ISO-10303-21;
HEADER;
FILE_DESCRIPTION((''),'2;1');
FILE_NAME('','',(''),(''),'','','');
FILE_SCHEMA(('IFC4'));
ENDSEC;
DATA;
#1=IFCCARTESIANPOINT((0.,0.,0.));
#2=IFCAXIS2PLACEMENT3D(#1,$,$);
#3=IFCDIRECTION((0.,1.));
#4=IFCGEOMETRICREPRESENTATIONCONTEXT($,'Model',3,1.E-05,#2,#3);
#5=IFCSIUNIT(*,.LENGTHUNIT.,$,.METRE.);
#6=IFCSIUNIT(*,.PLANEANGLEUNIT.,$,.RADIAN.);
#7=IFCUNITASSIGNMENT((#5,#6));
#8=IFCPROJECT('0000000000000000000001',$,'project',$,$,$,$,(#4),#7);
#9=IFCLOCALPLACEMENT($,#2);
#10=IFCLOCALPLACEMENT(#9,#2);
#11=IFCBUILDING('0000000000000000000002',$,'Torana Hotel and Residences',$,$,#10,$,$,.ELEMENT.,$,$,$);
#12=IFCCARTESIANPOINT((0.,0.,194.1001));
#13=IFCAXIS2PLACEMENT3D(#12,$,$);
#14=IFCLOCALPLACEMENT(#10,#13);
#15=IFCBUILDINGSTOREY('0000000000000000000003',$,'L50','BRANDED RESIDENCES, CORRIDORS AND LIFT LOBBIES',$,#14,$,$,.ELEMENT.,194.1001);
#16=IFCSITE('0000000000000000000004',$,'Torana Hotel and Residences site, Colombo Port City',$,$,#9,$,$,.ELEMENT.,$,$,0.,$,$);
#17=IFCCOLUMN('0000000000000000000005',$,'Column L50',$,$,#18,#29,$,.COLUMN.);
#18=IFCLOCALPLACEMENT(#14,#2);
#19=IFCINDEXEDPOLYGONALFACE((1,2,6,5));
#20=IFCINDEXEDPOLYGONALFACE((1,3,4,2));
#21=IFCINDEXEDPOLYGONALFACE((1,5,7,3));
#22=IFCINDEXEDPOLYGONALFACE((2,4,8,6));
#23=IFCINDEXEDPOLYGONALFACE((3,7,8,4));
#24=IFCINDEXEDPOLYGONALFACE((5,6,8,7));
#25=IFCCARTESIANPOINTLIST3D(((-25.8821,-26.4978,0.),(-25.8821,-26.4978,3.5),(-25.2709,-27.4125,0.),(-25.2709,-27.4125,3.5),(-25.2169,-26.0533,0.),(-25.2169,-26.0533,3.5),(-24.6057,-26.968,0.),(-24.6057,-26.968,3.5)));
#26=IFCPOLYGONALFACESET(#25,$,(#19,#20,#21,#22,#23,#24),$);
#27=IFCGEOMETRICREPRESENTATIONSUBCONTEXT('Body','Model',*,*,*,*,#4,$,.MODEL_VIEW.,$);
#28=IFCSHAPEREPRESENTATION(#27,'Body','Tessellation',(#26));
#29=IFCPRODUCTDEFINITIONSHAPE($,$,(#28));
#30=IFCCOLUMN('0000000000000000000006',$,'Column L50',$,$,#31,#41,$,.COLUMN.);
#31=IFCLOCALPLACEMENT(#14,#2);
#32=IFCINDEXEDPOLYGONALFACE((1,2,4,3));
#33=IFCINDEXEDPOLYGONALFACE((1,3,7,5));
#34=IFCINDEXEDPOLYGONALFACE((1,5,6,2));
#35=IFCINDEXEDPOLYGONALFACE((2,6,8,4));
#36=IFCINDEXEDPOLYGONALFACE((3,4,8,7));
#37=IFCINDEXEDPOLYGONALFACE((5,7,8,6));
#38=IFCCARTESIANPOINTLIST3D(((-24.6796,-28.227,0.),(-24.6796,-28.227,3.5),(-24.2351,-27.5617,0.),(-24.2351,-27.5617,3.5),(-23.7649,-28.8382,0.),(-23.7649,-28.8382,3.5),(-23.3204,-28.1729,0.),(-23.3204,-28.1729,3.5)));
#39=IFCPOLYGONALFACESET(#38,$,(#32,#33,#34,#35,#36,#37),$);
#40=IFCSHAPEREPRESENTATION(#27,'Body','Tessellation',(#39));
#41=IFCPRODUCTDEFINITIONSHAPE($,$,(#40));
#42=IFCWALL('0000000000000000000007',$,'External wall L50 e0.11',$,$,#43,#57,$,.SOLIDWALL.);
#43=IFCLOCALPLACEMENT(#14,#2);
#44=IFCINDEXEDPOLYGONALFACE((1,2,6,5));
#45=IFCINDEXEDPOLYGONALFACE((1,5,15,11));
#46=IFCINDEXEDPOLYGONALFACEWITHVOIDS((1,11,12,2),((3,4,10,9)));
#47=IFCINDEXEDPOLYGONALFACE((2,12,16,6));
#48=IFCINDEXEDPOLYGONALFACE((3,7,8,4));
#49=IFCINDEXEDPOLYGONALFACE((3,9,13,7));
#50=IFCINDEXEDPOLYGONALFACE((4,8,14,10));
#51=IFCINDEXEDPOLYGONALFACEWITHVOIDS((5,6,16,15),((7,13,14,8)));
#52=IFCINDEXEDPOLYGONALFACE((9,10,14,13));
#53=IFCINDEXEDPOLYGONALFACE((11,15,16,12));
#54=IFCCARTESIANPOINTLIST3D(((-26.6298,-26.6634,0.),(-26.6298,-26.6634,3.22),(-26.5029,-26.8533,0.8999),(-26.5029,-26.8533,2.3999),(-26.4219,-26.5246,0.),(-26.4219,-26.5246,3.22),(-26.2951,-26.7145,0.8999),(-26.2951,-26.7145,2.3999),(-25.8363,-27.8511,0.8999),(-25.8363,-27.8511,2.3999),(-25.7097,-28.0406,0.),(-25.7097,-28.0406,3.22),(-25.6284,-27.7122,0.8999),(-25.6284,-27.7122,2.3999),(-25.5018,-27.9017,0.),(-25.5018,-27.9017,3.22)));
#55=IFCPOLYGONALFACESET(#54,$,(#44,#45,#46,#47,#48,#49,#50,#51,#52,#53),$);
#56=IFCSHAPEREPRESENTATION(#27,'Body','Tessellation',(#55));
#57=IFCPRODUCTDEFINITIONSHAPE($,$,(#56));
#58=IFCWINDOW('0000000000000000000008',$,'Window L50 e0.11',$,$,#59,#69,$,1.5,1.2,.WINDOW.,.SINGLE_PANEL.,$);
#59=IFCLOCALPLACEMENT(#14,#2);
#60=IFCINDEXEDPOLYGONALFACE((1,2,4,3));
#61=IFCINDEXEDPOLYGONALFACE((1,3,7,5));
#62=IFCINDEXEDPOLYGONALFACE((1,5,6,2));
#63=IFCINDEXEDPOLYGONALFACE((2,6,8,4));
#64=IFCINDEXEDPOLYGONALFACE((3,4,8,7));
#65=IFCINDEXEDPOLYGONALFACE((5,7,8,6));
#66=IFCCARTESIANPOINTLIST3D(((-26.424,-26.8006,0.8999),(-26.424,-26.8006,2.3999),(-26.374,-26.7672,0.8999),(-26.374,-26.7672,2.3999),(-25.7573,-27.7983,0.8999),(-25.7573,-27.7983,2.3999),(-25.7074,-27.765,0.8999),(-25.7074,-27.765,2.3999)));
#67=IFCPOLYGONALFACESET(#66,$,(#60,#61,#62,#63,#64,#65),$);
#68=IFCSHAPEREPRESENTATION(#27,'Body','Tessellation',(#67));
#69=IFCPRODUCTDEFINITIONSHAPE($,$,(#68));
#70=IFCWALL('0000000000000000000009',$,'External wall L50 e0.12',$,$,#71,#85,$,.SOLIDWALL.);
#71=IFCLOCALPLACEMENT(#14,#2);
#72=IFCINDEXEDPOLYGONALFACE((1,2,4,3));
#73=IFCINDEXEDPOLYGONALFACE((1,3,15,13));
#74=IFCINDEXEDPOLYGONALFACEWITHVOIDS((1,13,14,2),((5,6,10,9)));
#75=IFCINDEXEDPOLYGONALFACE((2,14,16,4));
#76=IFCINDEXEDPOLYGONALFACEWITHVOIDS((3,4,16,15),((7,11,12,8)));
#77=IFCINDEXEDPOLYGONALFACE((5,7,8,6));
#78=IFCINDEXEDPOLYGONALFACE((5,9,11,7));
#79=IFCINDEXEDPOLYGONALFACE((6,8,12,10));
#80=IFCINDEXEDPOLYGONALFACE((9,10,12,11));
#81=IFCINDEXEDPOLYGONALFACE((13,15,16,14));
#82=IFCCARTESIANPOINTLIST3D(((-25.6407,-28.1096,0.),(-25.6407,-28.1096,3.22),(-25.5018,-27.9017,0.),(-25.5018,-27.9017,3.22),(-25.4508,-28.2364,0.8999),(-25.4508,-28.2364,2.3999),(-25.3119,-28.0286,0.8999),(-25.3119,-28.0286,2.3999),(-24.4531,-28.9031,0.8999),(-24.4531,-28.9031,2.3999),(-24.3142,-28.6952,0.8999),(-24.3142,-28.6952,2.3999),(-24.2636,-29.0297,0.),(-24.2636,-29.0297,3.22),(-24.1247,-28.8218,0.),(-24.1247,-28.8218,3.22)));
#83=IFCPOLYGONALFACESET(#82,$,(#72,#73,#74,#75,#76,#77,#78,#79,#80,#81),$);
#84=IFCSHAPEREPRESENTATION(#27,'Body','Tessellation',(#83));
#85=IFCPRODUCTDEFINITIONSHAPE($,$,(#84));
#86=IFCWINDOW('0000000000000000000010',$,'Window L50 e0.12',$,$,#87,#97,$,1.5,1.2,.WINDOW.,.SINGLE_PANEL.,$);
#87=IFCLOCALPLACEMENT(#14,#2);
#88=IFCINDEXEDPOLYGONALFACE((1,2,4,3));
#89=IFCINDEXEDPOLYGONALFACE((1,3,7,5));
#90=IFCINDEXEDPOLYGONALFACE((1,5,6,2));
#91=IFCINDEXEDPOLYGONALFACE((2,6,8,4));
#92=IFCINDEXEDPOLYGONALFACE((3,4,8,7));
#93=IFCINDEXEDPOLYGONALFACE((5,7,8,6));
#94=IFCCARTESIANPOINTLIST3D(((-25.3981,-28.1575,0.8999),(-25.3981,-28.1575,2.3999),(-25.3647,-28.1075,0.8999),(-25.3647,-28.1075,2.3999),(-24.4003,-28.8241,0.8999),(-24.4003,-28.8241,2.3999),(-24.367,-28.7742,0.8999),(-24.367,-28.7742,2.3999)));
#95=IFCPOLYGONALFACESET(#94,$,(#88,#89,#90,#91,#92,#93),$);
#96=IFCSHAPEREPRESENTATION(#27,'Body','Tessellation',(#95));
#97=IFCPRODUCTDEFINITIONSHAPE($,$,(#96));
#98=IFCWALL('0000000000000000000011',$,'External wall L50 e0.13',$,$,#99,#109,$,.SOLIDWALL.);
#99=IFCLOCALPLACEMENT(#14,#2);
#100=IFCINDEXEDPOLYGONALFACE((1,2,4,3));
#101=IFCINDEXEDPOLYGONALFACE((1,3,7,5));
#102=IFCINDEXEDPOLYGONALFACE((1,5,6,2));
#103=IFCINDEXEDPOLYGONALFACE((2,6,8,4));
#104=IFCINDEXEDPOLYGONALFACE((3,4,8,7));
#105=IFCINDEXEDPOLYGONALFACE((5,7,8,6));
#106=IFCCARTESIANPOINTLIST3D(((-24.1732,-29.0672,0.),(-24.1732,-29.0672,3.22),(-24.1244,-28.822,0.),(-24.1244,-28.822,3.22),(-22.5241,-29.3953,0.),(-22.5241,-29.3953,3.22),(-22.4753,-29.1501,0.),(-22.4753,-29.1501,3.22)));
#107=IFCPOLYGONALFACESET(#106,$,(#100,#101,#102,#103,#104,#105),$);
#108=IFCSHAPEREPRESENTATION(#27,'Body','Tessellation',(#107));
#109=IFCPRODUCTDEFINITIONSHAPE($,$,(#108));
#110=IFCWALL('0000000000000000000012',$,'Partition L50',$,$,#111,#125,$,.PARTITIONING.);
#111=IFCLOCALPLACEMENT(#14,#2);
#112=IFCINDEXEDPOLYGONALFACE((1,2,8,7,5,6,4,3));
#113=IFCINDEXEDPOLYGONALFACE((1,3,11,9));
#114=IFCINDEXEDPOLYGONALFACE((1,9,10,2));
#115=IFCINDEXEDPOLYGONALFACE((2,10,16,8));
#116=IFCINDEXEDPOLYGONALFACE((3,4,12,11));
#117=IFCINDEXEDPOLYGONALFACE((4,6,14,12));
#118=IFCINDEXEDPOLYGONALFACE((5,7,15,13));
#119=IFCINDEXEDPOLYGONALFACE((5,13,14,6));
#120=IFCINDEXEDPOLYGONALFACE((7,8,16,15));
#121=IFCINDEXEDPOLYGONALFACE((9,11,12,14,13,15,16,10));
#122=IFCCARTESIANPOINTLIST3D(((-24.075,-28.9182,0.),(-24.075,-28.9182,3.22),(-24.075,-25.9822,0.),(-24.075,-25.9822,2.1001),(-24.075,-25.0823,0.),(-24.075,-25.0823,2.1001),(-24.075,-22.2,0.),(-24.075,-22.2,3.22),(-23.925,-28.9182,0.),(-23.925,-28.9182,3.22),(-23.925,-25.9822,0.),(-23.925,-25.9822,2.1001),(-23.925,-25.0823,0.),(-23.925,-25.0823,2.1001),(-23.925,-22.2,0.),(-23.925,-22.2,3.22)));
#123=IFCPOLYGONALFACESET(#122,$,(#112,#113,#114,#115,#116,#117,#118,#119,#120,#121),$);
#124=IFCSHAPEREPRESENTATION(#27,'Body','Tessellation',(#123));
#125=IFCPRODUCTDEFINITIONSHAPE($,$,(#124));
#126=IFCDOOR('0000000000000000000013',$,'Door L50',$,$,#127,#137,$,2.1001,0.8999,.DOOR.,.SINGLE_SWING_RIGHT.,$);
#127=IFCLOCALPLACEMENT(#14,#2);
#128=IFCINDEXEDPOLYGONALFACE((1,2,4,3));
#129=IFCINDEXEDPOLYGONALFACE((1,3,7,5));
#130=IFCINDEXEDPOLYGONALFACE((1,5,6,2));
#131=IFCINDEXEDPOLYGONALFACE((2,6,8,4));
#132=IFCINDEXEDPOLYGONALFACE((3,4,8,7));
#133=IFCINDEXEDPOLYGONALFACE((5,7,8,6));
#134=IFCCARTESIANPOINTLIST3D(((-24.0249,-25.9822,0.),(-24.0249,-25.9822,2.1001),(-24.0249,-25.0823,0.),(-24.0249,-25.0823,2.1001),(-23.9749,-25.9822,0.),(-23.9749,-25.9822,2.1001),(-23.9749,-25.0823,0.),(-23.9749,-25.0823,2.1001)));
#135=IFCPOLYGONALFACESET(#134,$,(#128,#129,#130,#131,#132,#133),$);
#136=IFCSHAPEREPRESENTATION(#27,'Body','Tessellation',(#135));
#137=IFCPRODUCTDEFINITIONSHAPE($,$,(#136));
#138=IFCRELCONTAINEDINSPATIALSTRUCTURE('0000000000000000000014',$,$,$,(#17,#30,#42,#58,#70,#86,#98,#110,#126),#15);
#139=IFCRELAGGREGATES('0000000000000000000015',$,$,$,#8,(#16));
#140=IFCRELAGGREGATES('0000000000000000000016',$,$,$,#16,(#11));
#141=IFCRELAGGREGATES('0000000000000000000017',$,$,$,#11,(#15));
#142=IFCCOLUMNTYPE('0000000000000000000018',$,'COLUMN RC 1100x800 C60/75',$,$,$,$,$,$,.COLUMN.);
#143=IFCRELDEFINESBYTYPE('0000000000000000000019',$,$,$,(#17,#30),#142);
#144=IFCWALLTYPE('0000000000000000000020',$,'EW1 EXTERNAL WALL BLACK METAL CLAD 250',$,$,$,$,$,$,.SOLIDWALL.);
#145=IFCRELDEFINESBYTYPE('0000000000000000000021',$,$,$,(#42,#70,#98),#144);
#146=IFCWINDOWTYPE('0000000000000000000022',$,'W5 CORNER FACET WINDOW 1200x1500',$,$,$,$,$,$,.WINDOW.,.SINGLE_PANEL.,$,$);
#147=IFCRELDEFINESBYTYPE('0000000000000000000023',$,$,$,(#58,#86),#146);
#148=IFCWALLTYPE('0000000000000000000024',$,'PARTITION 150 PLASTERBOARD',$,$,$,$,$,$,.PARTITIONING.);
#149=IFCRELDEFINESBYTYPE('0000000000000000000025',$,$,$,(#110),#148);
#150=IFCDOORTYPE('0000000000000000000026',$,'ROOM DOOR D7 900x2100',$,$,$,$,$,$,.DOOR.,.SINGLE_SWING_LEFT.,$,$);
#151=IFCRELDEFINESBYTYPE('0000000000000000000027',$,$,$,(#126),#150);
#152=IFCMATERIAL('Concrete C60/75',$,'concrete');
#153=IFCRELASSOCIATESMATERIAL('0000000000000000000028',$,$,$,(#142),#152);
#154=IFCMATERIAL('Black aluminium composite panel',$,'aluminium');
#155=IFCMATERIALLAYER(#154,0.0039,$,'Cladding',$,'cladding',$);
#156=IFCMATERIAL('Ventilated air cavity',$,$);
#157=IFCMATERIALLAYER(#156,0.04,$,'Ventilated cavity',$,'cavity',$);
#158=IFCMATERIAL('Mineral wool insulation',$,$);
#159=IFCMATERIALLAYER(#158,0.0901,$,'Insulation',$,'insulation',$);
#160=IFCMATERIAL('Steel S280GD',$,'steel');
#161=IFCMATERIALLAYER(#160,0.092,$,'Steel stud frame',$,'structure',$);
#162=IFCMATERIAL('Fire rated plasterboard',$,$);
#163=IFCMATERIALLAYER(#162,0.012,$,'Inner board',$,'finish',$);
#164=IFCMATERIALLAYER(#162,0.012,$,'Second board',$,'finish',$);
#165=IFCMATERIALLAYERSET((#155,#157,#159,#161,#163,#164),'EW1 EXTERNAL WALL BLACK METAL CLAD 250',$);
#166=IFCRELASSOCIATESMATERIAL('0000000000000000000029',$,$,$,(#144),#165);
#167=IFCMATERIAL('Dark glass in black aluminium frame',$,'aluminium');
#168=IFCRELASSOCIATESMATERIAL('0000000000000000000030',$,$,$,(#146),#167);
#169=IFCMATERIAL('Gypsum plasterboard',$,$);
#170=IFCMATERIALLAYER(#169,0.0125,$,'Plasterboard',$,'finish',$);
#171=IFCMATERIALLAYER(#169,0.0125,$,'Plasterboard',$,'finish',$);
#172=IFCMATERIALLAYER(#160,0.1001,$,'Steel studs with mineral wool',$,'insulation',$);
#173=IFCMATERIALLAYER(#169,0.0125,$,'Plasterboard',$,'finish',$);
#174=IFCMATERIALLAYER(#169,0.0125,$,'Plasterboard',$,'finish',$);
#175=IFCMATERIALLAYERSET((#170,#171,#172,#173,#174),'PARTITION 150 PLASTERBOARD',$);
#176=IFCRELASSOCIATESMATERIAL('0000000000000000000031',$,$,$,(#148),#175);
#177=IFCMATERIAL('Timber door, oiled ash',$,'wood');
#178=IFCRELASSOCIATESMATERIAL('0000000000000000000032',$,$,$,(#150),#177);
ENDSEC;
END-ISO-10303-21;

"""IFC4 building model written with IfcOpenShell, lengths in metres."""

from ifc_helpers import new_model, si_unit, direction, frame, frame_2d, origin, origin_2d, place, context, subcontext, project, spatial, rectangle, extrude, material, layer, layer_set, material_profile, profile_set, type_object, element, fill, save


model = new_model("IFC4")

# Units and contexts
model_context = context("Model", 3, precision=1e-05, world=origin(), true_north=direction((0.0, 1.0)))
body_context = subcontext(model_context, "Body", "Model", "MODEL_VIEW")
ifc_project = project(units=[si_unit("LENGTHUNIT", "METRE"), si_unit("PLANEANGLEUNIT", "RADIAN")], contexts=[model_context])

# Site, building, storey
site_placement = place(None, origin())
site = spatial("IfcSite", under=ifc_project, at=site_placement, Name="Torana Hotel and Residences site, Colombo Port City", CompositionType="ELEMENT", RefElevation=0.0)
building_placement = place(site_placement, origin())
building = spatial("IfcBuilding", under=site, at=building_placement, Name="Torana Hotel and Residences", CompositionType="ELEMENT")
storey_placement = place(building_placement, frame((0.0, 0.0, 194.1001)))
storey = spatial("IfcBuildingStorey", under=building, at=storey_placement, Name="L50", Description="BRANDED RESIDENCES, CORRIDORS AND LIFT LOBBIES", CompositionType="ELEMENT", Elevation=194.1001)

# Columns
ifc_material_1 = material(Name="Concrete C60/75", Category="concrete")
ifc_material_profile = material_profile(ifc_material_1, rectangle(XDim=1.1001, YDim=0.8, at=origin_2d()), Name="RC 1100x800")
ifc_profile_set = profile_set([ifc_material_profile], Name="Concrete C60/75")
column_type = type_object("IfcColumnType", Name="COLUMN RC 1100x800 C60/75", PredefinedType="COLUMN", material=ifc_profile_set)
for number, where, z_axis, x_axis, name in (
    (1, (-25.2439, -26.7329, 0.0), (0.0, 0.0, 1.0), (-0.555585, 0.83146, 0.0), "Column L50"),
    (2, (-24.0, -28.2, 0.0), (0.0, 0.0, 1.0), (-0.83146, 0.555585, 0.0), "Column L50"),
):
    element("IfcColumn", number, at=place(storey_placement, frame(where, z_axis=z_axis, x_axis=x_axis)), inside=storey, type_object=column_type, Name=name, PredefinedType="COLUMN", context=body_context, shape_type="SweptSolid", body=[
        extrude(rectangle(XDim=1.1001, YDim=0.8, at=origin_2d()), origin(), (0.0, 0.0, 1.0), 3.5),
    ])

# Walls, openings, windows
ifc_material_2 = material(Name="Black aluminium composite panel", Category="aluminium")
ifc_layer_1 = layer(ifc_material_2, 0.0039, Name="Cladding", Category="cladding")
ifc_material_3 = material(Name="Ventilated air cavity")
ifc_layer_2 = layer(ifc_material_3, 0.04, Name="Ventilated cavity", Category="cavity")
ifc_material_4 = material(Name="Mineral wool insulation")
ifc_layer_3 = layer(ifc_material_4, 0.0901, Name="Insulation", Category="insulation")
ifc_material_5 = material(Name="Steel S280GD", Category="steel")
ifc_layer_4 = layer(ifc_material_5, 0.092, Name="Steel stud frame", Category="structure")
ifc_material_6 = material(Name="Fire rated plasterboard")
ifc_layer_5 = layer(ifc_material_6, 0.012, Name="Inner board", Category="finish")
ifc_layer_6 = layer(ifc_material_6, 0.012, Name="Second board", Category="finish")
ifc_layer_set_1 = layer_set([ifc_layer_1, ifc_layer_2, ifc_layer_3, ifc_layer_4, ifc_layer_5, ifc_layer_6], Name="EW1 EXTERNAL WALL BLACK METAL CLAD 250")
wall_type_1 = type_object("IfcWallType", Name="EW1 EXTERNAL WALL BLACK METAL CLAD 250", PredefinedType="SOLIDWALL", material=ifc_layer_set_1)
wall_1_placement = place(storey_placement, frame((-26.5259, -26.594, 0.0), z_axis=(0.0, 0.0, 1.0), x_axis=(0.55555, -0.831483, 0.0)))
wall_1 = element("IfcWall", 3, at=wall_1_placement, inside=storey, type_object=wall_type_1, Name="External wall L50 e0.11", PredefinedType="SOLIDWALL", context=body_context, shape_type="SweptSolid", body=[
    extrude(rectangle(XDim=1.6562, YDim=0.25, at=frame_2d((0.8281, 0.0))), origin(), (0.0, 0.0, 1.0), 3.22),
])
opening_1_placement = place(wall_1_placement, frame((0.2283, 0.0, 0.8999)))
opening_1 = element("IfcOpeningElement", 4, at=opening_1_placement, cuts=wall_1, PredefinedType="OPENING", context=body_context, shape_type="SweptSolid", body=[
    extrude(rectangle(XDim=1.2, YDim=1.5, at=frame_2d((0.6001, 0.75))), frame((0.0, 0.135, 0.0), z_axis=(0.0, -1.0, 0.0), x_axis=(1.0, 0.0, 0.0)), (0.0, 0.0, 1.0), 0.27),
])
ifc_material_7 = material(Name="Dark glass in black aluminium frame", Category="aluminium")
window_type_1 = type_object("IfcWindowType", Name="W5 CORNER FACET WINDOW 1200x1500", PartitioningType="SINGLE_PANEL", PredefinedType="WINDOW", material=ifc_material_7)
window_1_placement = place(opening_1_placement, origin())
window_1 = element("IfcWindow", 5, at=window_1_placement, inside=storey, type_object=window_type_1, Name="Window L50 e0.11", OverallHeight=1.5, OverallWidth=1.2, PartitioningType="SINGLE_PANEL", PredefinedType="WINDOW", context=body_context, shape_type="SweptSolid", body=[
    extrude(rectangle(XDim=1.2, YDim=1.5, at=frame_2d((0.6001, 0.75))), frame((0.0, 0.03, 0.0), z_axis=(0.0, -1.0, 0.0), x_axis=(1.0, 0.0, 0.0)), (0.0, 0.0, 1.0), 0.0601),
])
fill(opening_1, window_1)
wall_2_placement = place(storey_placement, frame((-25.5713, -28.0056, 0.0), z_axis=(0.0, 0.0, 1.0), x_axis=(0.831483, -0.55555, 0.0)))
wall_2 = element("IfcWall", 6, at=wall_2_placement, inside=storey, type_object=wall_type_1, Name="External wall L50 e0.12", PredefinedType="SOLIDWALL", context=body_context, shape_type="SweptSolid", body=[
    extrude(rectangle(XDim=1.6562, YDim=0.25, at=frame_2d((0.8281, 0.0))), origin(), (0.0, 0.0, 1.0), 3.22),
])
opening_2_placement = place(wall_2_placement, frame((0.2283, 0.0, 0.8999)))
opening_2 = element("IfcOpeningElement", 7, at=opening_2_placement, cuts=wall_2, PredefinedType="OPENING", context=body_context, shape_type="SweptSolid", body=[
    extrude(rectangle(XDim=1.2, YDim=1.5, at=frame_2d((0.6001, 0.75))), frame((0.0, 0.135, 0.0), z_axis=(0.0, -1.0, 0.0), x_axis=(1.0, 0.0, 0.0)), (0.0, 0.0, 1.0), 0.27),
])
window_2_placement = place(opening_2_placement, origin())
window_2 = element("IfcWindow", 8, at=window_2_placement, inside=storey, type_object=window_type_1, Name="Window L50 e0.12", OverallHeight=1.5, OverallWidth=1.2, PartitioningType="SINGLE_PANEL", PredefinedType="WINDOW", context=body_context, shape_type="SweptSolid", body=[
    extrude(rectangle(XDim=1.2, YDim=1.5, at=frame_2d((0.6001, 0.75))), frame((0.0, 0.03, 0.0), z_axis=(0.0, -1.0, 0.0), x_axis=(1.0, 0.0, 0.0)), (0.0, 0.0, 1.0), 0.0601),
])
fill(opening_2, window_2)

# Wall
wall_3_placement = place(storey_placement, frame((-24.1489, -28.9446, 0.0), z_axis=(0.0, 0.0, 1.0), x_axis=(0.980776, -0.195139, 0.0)))
element("IfcWall", 9, at=wall_3_placement, inside=storey, type_object=wall_type_1, Name="External wall L50 e0.13", PredefinedType="SOLIDWALL", context=body_context, shape_type="SweptSolid", body=[
    extrude(rectangle(XDim=1.6814, YDim=0.25, at=frame_2d((0.8408, 0.0))), origin(), (0.0, 0.0, 1.0), 3.22),
])

# Wall, opening, door
ifc_material_8 = material(Name="Gypsum plasterboard")
ifc_layer_7 = layer(ifc_material_8, 0.0125, Name="Plasterboard", Category="finish")
ifc_layer_8 = layer(ifc_material_8, 0.0125, Name="Plasterboard", Category="finish")
ifc_layer_9 = layer(ifc_material_5, 0.1001, Name="Steel studs with mineral wool", Category="insulation")
ifc_layer_10 = layer(ifc_material_8, 0.0125, Name="Plasterboard", Category="finish")
ifc_layer_11 = layer(ifc_material_8, 0.0125, Name="Plasterboard", Category="finish")
ifc_layer_set_2 = layer_set([ifc_layer_7, ifc_layer_8, ifc_layer_9, ifc_layer_10, ifc_layer_11], Name="PARTITION 150 PLASTERBOARD")
wall_type_2 = type_object("IfcWallType", Name="PARTITION 150 PLASTERBOARD", PredefinedType="PARTITIONING", material=ifc_layer_set_2)
wall_4_placement = place(storey_placement, frame((-24.0, -28.9182, 0.0), z_axis=(0.0, 0.0, 1.0), x_axis=(0.0, 1.0, 0.0)))
wall_4 = element("IfcWall", 10, at=wall_4_placement, inside=storey, type_object=wall_type_2, Name="Partition L50", PredefinedType="PARTITIONING", context=body_context, shape_type="SweptSolid", body=[
    extrude(rectangle(XDim=6.7183, YDim=0.1499, at=frame_2d((3.3591, 0.0))), origin(), (0.0, 0.0, 1.0), 3.22),
])
opening_3_placement = place(wall_4_placement, frame((2.936, 0.0, 0.0)))
opening_3 = element("IfcOpeningElement", 11, at=opening_3_placement, cuts=wall_4, PredefinedType="OPENING", context=body_context, shape_type="SweptSolid", body=[
    extrude(rectangle(XDim=0.8999, YDim=2.1001, at=frame_2d((0.45, 1.05))), frame((0.0, 0.085, 0.0), z_axis=(0.0, -1.0, 0.0), x_axis=(1.0, 0.0, 0.0)), (0.0, 0.0, 1.0), 0.1699),
])
ifc_material_9 = material(Name="Timber door, oiled ash", Category="wood")
door_type_1 = type_object("IfcDoorType", Name="ROOM DOOR D7 900x2100", OperationType="SINGLE_SWING_LEFT", PredefinedType="DOOR", material=ifc_material_9)
door_1_placement = place(opening_3_placement, origin())
door_1 = element("IfcDoor", 12, at=door_1_placement, inside=storey, type_object=door_type_1, Name="Door L50", OperationType="SINGLE_SWING_RIGHT", OverallHeight=2.1001, OverallWidth=0.8999, PredefinedType="DOOR", context=body_context, shape_type="SweptSolid", body=[
    extrude(rectangle(XDim=0.8999, YDim=2.1001, at=frame_2d((0.45, 1.05))), frame((0.0, 0.0249, 0.0), z_axis=(0.0, -1.0, 0.0), x_axis=(1.0, 0.0, 0.0)), (0.0, 0.0, 1.0), 0.05),
])
fill(opening_3, door_1)

save(model, "model.ifc")
